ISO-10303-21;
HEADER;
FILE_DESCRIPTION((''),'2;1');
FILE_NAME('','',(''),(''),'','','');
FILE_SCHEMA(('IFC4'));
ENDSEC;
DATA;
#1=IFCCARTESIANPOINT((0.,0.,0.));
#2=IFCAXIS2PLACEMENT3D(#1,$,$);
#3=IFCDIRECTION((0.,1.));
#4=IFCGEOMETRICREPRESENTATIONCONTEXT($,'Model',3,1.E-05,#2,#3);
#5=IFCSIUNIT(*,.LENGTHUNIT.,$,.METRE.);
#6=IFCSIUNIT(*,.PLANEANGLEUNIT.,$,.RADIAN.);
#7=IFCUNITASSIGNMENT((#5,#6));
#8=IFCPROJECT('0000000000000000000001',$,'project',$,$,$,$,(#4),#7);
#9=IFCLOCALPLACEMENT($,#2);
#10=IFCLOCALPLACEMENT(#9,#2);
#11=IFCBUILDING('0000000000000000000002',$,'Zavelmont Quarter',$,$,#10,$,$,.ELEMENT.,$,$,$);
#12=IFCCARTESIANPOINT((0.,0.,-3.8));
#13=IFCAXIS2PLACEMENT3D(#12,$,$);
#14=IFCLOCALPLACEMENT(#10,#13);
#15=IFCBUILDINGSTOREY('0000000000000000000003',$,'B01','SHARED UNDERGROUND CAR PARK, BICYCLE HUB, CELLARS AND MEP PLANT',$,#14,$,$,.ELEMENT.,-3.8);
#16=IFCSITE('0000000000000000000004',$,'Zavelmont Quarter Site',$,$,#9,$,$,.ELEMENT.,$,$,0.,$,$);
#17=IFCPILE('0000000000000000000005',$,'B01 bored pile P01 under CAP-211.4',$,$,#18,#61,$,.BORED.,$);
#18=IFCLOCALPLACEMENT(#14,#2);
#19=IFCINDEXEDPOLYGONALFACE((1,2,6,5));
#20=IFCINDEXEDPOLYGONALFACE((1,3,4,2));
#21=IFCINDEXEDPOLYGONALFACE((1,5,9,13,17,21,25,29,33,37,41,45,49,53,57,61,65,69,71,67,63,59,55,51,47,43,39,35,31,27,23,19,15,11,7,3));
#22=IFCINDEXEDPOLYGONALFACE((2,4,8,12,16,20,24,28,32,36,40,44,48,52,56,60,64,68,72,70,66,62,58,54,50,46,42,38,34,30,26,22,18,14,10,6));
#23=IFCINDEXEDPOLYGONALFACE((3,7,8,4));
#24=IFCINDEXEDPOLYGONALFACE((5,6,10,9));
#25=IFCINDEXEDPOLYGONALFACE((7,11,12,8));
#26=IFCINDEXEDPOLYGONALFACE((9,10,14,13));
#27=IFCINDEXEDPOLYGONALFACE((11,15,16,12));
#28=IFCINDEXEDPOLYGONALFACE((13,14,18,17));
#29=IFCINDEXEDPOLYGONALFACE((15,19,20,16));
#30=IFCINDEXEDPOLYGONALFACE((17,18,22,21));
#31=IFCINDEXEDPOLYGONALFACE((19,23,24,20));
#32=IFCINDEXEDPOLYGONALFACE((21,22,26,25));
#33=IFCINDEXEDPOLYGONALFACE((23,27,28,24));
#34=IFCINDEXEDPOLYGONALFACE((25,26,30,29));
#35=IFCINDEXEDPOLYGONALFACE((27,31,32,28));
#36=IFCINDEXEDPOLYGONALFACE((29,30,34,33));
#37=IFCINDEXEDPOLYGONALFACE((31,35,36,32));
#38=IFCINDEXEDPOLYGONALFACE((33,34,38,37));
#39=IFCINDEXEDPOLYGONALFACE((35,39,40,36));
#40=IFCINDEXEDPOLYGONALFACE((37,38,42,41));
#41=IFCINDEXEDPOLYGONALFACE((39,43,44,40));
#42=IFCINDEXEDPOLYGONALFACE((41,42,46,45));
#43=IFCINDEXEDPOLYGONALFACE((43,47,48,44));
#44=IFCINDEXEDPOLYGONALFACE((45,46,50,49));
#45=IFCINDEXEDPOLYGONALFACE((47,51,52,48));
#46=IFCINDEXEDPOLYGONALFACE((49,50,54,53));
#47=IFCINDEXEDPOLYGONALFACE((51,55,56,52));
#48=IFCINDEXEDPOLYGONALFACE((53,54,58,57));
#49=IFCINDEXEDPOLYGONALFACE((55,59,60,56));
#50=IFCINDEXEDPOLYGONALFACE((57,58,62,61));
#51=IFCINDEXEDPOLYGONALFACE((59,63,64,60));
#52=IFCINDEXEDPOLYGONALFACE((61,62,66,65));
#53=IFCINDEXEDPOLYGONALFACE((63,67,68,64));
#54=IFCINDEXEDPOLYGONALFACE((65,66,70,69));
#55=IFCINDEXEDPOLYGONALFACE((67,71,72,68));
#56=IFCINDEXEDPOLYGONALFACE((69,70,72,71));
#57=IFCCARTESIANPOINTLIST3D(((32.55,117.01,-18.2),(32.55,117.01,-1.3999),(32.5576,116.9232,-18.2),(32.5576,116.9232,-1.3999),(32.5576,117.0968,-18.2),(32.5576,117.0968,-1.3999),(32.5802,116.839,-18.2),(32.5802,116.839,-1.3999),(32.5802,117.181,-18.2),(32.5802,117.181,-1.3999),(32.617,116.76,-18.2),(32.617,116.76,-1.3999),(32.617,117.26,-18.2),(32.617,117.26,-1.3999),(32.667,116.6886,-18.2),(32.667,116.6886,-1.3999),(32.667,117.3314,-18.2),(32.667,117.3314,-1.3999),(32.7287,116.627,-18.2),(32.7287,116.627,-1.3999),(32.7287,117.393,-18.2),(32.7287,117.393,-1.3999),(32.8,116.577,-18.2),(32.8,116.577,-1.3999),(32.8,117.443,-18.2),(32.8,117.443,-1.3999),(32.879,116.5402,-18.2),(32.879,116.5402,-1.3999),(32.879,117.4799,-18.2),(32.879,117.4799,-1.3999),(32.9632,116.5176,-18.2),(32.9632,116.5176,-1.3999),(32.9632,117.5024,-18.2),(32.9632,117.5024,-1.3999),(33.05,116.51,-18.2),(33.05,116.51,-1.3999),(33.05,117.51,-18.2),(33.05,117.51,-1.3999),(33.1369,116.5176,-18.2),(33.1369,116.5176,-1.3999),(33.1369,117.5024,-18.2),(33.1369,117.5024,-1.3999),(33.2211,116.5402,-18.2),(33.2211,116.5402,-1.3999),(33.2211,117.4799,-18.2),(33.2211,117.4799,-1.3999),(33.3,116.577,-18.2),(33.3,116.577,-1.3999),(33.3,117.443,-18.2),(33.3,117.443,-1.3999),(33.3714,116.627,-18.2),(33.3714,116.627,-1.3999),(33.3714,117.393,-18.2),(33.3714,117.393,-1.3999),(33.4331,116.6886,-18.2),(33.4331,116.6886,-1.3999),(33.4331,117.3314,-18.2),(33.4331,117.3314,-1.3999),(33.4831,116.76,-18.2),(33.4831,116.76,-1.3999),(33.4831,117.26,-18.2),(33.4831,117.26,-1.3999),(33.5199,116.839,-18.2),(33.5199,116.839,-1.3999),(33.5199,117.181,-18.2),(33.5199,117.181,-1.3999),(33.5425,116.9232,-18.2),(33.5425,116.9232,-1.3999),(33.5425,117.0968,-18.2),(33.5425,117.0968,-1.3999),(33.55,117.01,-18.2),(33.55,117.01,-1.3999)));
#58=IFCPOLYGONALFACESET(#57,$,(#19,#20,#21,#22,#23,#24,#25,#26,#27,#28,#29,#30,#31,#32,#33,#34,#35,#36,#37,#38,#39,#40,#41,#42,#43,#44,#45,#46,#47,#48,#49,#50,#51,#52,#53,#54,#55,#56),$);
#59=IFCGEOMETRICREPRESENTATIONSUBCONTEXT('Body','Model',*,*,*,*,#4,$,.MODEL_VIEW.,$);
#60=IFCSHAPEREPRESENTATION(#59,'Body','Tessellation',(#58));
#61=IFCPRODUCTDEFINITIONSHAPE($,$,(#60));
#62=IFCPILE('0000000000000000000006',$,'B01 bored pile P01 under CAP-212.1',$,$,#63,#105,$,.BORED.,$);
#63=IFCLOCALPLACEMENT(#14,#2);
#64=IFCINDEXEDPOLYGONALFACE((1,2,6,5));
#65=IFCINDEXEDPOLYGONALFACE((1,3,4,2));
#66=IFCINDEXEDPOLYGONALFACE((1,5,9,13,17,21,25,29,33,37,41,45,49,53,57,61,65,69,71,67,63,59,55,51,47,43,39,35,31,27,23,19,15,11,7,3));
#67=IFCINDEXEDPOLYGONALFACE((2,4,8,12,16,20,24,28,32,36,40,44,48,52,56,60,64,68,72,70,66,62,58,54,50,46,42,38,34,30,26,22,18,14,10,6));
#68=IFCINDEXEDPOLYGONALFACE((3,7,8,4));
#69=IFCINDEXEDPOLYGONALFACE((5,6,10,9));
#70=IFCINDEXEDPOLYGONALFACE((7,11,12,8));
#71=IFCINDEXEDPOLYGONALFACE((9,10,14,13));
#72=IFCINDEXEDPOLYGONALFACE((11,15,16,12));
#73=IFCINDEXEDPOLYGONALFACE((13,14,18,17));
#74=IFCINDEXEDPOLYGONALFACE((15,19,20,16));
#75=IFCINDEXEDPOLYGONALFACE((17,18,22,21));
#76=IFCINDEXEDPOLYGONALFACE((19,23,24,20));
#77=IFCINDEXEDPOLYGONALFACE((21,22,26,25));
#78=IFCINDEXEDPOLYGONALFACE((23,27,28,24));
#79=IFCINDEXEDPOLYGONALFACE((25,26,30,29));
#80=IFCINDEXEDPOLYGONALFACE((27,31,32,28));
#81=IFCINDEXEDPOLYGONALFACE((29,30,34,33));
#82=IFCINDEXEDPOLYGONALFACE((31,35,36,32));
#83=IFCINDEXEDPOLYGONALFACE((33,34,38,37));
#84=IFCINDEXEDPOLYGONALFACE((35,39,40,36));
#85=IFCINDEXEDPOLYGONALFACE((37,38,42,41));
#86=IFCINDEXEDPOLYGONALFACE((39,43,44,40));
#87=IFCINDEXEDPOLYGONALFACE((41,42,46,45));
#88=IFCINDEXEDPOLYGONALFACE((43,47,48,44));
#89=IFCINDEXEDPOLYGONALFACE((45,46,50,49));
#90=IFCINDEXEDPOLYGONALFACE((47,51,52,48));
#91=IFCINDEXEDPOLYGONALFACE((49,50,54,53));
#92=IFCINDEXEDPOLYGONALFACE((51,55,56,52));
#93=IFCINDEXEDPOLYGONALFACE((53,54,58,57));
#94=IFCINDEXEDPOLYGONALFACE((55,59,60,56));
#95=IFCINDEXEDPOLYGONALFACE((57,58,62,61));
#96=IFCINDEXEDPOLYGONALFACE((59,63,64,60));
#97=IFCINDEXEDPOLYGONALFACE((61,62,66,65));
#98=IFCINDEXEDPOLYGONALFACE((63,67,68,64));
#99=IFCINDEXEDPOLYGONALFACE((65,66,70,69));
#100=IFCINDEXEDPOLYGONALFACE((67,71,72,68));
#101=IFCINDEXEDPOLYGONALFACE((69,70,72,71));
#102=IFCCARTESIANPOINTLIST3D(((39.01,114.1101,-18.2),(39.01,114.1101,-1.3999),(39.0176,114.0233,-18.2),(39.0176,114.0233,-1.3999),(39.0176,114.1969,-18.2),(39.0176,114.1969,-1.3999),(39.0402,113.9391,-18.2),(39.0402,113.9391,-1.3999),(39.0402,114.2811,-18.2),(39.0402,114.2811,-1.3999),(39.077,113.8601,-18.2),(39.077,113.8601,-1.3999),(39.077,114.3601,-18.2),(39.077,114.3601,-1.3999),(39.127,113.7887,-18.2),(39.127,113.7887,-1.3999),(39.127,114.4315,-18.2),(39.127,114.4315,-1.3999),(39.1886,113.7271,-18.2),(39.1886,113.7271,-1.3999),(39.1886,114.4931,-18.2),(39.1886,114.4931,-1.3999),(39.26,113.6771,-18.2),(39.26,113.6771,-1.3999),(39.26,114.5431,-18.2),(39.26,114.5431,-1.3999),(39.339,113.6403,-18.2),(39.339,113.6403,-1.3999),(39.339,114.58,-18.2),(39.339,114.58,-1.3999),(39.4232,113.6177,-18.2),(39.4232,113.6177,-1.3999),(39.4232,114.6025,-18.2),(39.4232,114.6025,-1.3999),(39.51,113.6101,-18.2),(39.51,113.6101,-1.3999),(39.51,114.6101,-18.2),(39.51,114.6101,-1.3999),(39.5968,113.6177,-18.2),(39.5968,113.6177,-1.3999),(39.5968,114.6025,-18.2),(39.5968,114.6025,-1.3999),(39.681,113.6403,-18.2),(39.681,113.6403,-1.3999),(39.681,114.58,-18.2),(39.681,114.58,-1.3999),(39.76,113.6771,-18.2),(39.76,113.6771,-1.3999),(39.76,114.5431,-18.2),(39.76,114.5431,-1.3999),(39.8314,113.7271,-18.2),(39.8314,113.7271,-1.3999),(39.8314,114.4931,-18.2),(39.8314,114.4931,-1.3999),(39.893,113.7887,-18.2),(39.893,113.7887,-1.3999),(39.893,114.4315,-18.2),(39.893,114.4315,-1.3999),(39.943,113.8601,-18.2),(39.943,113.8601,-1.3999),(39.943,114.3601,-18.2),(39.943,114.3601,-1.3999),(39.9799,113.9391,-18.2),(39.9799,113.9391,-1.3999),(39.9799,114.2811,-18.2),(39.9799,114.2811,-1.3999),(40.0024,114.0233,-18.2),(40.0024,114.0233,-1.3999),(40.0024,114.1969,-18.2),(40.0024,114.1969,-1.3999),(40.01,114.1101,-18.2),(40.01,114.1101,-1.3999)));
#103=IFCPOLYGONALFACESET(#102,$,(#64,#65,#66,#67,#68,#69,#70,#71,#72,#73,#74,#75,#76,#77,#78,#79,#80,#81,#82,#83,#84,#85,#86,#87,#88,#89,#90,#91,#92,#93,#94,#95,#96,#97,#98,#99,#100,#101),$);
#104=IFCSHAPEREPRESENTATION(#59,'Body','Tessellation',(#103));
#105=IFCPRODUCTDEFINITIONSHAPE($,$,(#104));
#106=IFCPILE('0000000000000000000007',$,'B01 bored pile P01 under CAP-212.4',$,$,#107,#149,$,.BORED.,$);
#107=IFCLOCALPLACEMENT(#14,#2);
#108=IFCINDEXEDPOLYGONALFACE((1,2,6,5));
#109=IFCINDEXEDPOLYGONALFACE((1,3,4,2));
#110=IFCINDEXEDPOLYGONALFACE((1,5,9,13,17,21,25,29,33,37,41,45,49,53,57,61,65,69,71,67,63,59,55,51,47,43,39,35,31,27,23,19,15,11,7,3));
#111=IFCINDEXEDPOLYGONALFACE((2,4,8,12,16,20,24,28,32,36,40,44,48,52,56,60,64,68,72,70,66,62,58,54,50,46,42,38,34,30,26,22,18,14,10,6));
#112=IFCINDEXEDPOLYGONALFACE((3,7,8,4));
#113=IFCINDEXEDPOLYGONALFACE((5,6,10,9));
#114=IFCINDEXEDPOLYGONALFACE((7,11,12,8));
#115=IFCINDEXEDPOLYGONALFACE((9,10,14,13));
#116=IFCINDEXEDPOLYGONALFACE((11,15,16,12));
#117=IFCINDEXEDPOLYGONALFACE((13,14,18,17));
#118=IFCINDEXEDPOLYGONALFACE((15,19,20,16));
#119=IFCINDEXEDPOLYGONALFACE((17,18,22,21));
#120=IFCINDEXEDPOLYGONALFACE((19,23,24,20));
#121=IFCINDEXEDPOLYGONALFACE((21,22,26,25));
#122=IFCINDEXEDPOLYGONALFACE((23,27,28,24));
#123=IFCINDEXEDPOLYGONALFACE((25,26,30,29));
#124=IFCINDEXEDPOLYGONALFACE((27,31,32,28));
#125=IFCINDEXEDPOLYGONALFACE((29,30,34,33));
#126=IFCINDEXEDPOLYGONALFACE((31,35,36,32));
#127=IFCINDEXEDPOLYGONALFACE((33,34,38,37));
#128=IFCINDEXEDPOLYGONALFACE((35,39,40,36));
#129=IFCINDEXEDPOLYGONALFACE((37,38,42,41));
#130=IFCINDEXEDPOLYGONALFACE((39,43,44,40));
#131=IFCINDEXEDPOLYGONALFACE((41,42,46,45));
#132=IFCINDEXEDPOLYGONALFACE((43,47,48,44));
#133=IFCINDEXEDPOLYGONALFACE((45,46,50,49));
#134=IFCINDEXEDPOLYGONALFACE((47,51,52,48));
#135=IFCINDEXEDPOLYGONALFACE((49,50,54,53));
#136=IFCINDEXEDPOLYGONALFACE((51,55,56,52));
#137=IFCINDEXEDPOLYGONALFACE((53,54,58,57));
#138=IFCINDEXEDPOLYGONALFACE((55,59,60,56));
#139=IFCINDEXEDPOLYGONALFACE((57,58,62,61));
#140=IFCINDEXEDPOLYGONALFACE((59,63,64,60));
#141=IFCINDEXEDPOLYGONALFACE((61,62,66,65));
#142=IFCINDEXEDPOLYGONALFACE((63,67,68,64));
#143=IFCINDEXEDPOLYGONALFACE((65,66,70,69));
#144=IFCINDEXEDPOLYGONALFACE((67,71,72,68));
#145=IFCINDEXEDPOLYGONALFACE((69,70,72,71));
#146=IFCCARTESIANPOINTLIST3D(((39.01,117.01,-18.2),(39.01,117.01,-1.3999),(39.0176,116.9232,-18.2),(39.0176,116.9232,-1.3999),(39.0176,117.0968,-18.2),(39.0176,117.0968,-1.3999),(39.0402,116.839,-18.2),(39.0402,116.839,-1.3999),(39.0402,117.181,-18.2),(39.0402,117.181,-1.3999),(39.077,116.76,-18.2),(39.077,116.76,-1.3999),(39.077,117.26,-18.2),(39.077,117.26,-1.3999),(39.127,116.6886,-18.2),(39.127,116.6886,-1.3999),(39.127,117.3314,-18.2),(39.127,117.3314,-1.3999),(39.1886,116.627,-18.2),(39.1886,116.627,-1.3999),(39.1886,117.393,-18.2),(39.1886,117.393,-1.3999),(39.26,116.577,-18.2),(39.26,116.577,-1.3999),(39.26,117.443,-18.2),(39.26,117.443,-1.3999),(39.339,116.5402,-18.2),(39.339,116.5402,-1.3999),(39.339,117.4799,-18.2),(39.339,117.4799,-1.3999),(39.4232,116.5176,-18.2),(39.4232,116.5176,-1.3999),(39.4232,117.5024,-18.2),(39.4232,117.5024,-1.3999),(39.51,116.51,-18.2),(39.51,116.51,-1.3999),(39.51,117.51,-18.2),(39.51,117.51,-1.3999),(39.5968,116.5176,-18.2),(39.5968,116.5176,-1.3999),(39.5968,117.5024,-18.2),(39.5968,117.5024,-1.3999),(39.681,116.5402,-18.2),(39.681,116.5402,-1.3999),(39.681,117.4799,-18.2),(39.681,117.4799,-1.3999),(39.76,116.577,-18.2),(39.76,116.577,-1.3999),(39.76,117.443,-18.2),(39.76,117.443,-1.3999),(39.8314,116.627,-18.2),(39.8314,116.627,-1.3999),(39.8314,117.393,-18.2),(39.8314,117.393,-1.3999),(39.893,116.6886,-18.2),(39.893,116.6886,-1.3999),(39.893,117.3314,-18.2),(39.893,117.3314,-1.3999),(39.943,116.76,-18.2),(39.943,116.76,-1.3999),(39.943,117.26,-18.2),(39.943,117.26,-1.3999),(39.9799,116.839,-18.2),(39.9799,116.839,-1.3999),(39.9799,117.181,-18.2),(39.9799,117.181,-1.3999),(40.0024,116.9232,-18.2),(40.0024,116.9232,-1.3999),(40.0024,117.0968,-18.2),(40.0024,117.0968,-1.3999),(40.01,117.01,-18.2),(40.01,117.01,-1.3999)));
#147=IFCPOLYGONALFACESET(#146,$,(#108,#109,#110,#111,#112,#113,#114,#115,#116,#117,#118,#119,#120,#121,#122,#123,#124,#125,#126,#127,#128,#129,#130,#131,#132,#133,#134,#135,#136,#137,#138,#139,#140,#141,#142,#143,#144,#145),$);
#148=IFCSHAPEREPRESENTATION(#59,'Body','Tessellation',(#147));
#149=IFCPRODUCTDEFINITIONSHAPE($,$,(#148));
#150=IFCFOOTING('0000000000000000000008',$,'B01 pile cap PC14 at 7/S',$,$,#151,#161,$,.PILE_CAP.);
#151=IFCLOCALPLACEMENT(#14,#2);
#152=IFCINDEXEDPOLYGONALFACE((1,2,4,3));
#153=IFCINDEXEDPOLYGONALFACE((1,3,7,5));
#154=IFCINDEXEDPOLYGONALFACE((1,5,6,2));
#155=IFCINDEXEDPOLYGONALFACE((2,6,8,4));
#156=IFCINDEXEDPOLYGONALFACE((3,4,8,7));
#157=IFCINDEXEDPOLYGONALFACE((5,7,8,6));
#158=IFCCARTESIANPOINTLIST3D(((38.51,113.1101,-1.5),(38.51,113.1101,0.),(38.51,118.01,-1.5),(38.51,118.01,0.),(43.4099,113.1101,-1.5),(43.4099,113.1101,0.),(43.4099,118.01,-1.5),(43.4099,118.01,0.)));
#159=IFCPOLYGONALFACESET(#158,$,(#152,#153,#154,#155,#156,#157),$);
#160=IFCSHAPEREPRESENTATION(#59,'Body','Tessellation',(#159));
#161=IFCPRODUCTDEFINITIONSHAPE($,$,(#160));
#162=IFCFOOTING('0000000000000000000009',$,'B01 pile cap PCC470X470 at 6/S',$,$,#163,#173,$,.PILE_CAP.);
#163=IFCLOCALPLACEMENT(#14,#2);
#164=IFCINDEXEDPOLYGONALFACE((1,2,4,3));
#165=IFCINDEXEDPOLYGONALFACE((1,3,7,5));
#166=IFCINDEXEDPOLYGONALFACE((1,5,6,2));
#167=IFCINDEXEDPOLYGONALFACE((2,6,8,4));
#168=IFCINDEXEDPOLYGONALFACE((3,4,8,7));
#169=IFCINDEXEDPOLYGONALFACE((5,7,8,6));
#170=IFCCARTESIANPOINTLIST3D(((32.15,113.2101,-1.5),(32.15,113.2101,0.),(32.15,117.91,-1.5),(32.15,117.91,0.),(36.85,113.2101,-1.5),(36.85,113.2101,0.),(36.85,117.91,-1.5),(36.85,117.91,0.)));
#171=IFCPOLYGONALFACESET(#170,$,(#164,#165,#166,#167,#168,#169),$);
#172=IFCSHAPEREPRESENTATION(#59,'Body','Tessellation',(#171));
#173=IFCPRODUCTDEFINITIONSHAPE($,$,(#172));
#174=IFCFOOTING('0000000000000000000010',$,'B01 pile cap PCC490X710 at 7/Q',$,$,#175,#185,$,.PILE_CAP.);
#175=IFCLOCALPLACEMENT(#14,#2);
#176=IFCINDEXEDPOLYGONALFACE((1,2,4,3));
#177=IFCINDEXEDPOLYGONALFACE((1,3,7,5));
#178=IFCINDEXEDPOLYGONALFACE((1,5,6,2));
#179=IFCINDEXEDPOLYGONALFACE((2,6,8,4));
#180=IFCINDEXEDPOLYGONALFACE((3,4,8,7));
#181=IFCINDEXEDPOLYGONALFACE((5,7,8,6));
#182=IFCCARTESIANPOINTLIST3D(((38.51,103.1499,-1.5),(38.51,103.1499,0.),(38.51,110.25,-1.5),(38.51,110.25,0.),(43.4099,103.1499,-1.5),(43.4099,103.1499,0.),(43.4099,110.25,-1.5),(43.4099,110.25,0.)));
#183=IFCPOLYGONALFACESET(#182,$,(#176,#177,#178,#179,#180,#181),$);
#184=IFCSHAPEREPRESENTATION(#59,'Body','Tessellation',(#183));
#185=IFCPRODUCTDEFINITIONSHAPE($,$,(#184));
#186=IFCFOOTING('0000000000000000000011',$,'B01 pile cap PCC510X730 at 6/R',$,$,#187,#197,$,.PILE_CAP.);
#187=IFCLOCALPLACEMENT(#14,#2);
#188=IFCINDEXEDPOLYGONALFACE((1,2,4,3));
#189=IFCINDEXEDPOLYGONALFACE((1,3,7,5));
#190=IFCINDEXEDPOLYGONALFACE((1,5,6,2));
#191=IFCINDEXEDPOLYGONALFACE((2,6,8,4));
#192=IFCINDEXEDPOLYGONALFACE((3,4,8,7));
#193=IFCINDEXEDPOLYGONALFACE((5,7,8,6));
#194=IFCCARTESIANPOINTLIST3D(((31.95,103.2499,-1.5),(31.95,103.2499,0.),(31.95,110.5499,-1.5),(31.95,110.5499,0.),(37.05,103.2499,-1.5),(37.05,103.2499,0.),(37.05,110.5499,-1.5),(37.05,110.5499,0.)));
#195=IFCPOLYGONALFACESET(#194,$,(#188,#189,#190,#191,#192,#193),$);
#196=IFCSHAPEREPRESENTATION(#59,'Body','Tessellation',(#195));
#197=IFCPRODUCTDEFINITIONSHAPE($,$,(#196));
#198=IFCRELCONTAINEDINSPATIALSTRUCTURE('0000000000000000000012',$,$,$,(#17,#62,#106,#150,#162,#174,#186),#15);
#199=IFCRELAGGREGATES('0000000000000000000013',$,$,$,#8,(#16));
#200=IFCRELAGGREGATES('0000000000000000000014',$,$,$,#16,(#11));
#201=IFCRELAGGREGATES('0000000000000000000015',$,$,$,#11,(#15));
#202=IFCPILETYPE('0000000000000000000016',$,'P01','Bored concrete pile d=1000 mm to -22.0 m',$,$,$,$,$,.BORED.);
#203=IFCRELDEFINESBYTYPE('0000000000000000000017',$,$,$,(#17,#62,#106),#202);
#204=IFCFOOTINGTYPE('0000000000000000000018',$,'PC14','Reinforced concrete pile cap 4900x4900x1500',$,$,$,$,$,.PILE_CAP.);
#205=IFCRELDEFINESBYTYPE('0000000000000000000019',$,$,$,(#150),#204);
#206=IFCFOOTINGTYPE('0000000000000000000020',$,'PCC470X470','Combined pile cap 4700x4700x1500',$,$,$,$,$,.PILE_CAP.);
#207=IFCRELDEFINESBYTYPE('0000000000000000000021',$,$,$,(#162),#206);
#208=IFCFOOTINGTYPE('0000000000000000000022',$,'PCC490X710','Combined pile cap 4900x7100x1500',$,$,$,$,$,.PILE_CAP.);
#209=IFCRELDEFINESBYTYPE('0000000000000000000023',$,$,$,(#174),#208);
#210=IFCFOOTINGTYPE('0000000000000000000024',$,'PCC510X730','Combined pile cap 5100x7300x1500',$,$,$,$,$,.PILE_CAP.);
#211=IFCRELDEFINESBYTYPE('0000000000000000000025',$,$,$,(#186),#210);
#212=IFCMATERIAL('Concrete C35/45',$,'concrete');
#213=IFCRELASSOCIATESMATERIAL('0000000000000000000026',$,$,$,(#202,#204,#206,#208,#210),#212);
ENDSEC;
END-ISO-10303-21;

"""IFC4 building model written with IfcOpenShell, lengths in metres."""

from ifc_helpers import new_model, si_unit, direction, frame, origin, origin_2d, place, context, subcontext, project, spatial, rectangle, circle, extrude, material, material_profile, profile_set, type_object, element, save


model = new_model("IFC4")

# Units and contexts
model_context = context("Model", 3, precision=1e-05, world=origin(), true_north=direction((0.0, 1.0)))
body_context = subcontext(model_context, "Body", "Model", "MODEL_VIEW")
ifc_project = project(units=[si_unit("LENGTHUNIT", "METRE"), si_unit("PLANEANGLEUNIT", "RADIAN")], contexts=[model_context])

# Site, building, storey
site_placement = place(None, origin())
site = spatial("IfcSite", under=ifc_project, at=site_placement, Name="Zavelmont Quarter Site", CompositionType="ELEMENT", RefElevation=0.0)
building_placement = place(site_placement, origin())
building = spatial("IfcBuilding", under=site, at=building_placement, Name="Zavelmont Quarter", CompositionType="ELEMENT")
storey_placement = place(building_placement, frame((0.0, 0.0, -3.8)))
storey = spatial("IfcBuildingStorey", under=building, at=storey_placement, Name="B01", Description="SHARED UNDERGROUND CAR PARK, BICYCLE HUB, CELLARS AND MEP PLANT", CompositionType="ELEMENT", Elevation=-3.8)

# Shared definitions
ifc_material_1 = material(Name="Concrete C35/45", Category="concrete")

# Piles
ifc_material_profile_1 = material_profile(ifc_material_1, circle(Radius=0.5, at=origin_2d()), Name="BP1000")
ifc_profile_set_1 = profile_set([ifc_material_profile_1], Name="Concrete C35/45")
pile_type = type_object("IfcPileType", Name="P01", Description="Bored concrete pile d=1000 mm to -22.0 m", PredefinedType="BORED", material=ifc_profile_set_1)
for number, where, z_axis, x_axis, name in (
    (1, (33.05, 117.01, -1.3999), (0.0, 0.0, -1.0), (1.0, 0.0, 0.0), "B01 bored pile P01 under CAP-211.4"),
    (2, (39.51, 114.1101, -1.3999), (0.0, 0.0, -1.0), (1.0, 0.0, 0.0), "B01 bored pile P01 under CAP-212.1"),
    (3, (39.51, 117.01, -1.3999), (0.0, 0.0, -1.0), (1.0, 0.0, 0.0), "B01 bored pile P01 under CAP-212.4"),
):
    element("IfcPile", number, at=place(storey_placement, frame(where, z_axis=z_axis, x_axis=x_axis)), inside=storey, type_object=pile_type, Name=name, PredefinedType="BORED", context=body_context, shape_type="SweptSolid", body=[
        extrude(circle(Radius=0.5, at=origin_2d()), origin(), (0.0, 0.0, 1.0), 16.8),
    ])

# Footings
footing_type_1 = type_object("IfcFootingType", Name="PC14", Description="Reinforced concrete pile cap 4900x4900x1500", PredefinedType="PILE_CAP", material=ifc_material_1)
footing_1_placement = place(storey_placement, frame((40.96, 115.5601, -1.5), z_axis=(0.0, 0.0, 1.0), x_axis=(1.0, 0.0, 0.0)))
element("IfcFooting", 4, at=footing_1_placement, inside=storey, type_object=footing_type_1, Name="B01 pile cap PC14 at 7/S", PredefinedType="PILE_CAP", context=body_context, shape_type="SweptSolid", body=[
    extrude(rectangle(XDim=4.8999, YDim=4.8999, at=origin_2d()), origin(), (0.0, 0.0, 1.0), 1.5),
])
footing_type_2 = type_object("IfcFootingType", Name="PCC470X470", Description="Combined pile cap 4700x4700x1500", PredefinedType="PILE_CAP", material=ifc_material_1)
footing_2_placement = place(storey_placement, frame((34.5, 115.5601, -1.5), z_axis=(0.0, 0.0, 1.0), x_axis=(1.0, 0.0, 0.0)))
element("IfcFooting", 5, at=footing_2_placement, inside=storey, type_object=footing_type_2, Name="B01 pile cap PCC470X470 at 6/S", PredefinedType="PILE_CAP", context=body_context, shape_type="SweptSolid", body=[
    extrude(rectangle(XDim=4.7, YDim=4.7, at=origin_2d()), origin(), (0.0, 0.0, 1.0), 1.5),
])
footing_type_3 = type_object("IfcFootingType", Name="PCC490X710", Description="Combined pile cap 4900x7100x1500", PredefinedType="PILE_CAP", material=ifc_material_1)
footing_3_placement = place(storey_placement, frame((40.96, 106.7, -1.5), z_axis=(0.0, 0.0, 1.0), x_axis=(1.0, 0.0, 0.0)))
element("IfcFooting", 6, at=footing_3_placement, inside=storey, type_object=footing_type_3, Name="B01 pile cap PCC490X710 at 7/Q", PredefinedType="PILE_CAP", context=body_context, shape_type="SweptSolid", body=[
    extrude(rectangle(XDim=4.8999, YDim=7.1001, at=origin_2d()), origin(), (0.0, 0.0, 1.0), 1.5),
])
footing_type_4 = type_object("IfcFootingType", Name="PCC510X730", Description="Combined pile cap 5100x7300x1500", PredefinedType="PILE_CAP", material=ifc_material_1)
footing_4_placement = place(storey_placement, frame((34.5, 106.8999, -1.5), z_axis=(0.0, 0.0, 1.0), x_axis=(1.0, 0.0, 0.0)))
element("IfcFooting", 7, at=footing_4_placement, inside=storey, type_object=footing_type_4, Name="B01 pile cap PCC510X730 at 6/R", PredefinedType="PILE_CAP", context=body_context, shape_type="SweptSolid", body=[
    extrude(rectangle(XDim=5.1001, YDim=7.3, at=origin_2d()), origin(), (0.0, 0.0, 1.0), 1.5),
])

save(model, "model.ifc")
